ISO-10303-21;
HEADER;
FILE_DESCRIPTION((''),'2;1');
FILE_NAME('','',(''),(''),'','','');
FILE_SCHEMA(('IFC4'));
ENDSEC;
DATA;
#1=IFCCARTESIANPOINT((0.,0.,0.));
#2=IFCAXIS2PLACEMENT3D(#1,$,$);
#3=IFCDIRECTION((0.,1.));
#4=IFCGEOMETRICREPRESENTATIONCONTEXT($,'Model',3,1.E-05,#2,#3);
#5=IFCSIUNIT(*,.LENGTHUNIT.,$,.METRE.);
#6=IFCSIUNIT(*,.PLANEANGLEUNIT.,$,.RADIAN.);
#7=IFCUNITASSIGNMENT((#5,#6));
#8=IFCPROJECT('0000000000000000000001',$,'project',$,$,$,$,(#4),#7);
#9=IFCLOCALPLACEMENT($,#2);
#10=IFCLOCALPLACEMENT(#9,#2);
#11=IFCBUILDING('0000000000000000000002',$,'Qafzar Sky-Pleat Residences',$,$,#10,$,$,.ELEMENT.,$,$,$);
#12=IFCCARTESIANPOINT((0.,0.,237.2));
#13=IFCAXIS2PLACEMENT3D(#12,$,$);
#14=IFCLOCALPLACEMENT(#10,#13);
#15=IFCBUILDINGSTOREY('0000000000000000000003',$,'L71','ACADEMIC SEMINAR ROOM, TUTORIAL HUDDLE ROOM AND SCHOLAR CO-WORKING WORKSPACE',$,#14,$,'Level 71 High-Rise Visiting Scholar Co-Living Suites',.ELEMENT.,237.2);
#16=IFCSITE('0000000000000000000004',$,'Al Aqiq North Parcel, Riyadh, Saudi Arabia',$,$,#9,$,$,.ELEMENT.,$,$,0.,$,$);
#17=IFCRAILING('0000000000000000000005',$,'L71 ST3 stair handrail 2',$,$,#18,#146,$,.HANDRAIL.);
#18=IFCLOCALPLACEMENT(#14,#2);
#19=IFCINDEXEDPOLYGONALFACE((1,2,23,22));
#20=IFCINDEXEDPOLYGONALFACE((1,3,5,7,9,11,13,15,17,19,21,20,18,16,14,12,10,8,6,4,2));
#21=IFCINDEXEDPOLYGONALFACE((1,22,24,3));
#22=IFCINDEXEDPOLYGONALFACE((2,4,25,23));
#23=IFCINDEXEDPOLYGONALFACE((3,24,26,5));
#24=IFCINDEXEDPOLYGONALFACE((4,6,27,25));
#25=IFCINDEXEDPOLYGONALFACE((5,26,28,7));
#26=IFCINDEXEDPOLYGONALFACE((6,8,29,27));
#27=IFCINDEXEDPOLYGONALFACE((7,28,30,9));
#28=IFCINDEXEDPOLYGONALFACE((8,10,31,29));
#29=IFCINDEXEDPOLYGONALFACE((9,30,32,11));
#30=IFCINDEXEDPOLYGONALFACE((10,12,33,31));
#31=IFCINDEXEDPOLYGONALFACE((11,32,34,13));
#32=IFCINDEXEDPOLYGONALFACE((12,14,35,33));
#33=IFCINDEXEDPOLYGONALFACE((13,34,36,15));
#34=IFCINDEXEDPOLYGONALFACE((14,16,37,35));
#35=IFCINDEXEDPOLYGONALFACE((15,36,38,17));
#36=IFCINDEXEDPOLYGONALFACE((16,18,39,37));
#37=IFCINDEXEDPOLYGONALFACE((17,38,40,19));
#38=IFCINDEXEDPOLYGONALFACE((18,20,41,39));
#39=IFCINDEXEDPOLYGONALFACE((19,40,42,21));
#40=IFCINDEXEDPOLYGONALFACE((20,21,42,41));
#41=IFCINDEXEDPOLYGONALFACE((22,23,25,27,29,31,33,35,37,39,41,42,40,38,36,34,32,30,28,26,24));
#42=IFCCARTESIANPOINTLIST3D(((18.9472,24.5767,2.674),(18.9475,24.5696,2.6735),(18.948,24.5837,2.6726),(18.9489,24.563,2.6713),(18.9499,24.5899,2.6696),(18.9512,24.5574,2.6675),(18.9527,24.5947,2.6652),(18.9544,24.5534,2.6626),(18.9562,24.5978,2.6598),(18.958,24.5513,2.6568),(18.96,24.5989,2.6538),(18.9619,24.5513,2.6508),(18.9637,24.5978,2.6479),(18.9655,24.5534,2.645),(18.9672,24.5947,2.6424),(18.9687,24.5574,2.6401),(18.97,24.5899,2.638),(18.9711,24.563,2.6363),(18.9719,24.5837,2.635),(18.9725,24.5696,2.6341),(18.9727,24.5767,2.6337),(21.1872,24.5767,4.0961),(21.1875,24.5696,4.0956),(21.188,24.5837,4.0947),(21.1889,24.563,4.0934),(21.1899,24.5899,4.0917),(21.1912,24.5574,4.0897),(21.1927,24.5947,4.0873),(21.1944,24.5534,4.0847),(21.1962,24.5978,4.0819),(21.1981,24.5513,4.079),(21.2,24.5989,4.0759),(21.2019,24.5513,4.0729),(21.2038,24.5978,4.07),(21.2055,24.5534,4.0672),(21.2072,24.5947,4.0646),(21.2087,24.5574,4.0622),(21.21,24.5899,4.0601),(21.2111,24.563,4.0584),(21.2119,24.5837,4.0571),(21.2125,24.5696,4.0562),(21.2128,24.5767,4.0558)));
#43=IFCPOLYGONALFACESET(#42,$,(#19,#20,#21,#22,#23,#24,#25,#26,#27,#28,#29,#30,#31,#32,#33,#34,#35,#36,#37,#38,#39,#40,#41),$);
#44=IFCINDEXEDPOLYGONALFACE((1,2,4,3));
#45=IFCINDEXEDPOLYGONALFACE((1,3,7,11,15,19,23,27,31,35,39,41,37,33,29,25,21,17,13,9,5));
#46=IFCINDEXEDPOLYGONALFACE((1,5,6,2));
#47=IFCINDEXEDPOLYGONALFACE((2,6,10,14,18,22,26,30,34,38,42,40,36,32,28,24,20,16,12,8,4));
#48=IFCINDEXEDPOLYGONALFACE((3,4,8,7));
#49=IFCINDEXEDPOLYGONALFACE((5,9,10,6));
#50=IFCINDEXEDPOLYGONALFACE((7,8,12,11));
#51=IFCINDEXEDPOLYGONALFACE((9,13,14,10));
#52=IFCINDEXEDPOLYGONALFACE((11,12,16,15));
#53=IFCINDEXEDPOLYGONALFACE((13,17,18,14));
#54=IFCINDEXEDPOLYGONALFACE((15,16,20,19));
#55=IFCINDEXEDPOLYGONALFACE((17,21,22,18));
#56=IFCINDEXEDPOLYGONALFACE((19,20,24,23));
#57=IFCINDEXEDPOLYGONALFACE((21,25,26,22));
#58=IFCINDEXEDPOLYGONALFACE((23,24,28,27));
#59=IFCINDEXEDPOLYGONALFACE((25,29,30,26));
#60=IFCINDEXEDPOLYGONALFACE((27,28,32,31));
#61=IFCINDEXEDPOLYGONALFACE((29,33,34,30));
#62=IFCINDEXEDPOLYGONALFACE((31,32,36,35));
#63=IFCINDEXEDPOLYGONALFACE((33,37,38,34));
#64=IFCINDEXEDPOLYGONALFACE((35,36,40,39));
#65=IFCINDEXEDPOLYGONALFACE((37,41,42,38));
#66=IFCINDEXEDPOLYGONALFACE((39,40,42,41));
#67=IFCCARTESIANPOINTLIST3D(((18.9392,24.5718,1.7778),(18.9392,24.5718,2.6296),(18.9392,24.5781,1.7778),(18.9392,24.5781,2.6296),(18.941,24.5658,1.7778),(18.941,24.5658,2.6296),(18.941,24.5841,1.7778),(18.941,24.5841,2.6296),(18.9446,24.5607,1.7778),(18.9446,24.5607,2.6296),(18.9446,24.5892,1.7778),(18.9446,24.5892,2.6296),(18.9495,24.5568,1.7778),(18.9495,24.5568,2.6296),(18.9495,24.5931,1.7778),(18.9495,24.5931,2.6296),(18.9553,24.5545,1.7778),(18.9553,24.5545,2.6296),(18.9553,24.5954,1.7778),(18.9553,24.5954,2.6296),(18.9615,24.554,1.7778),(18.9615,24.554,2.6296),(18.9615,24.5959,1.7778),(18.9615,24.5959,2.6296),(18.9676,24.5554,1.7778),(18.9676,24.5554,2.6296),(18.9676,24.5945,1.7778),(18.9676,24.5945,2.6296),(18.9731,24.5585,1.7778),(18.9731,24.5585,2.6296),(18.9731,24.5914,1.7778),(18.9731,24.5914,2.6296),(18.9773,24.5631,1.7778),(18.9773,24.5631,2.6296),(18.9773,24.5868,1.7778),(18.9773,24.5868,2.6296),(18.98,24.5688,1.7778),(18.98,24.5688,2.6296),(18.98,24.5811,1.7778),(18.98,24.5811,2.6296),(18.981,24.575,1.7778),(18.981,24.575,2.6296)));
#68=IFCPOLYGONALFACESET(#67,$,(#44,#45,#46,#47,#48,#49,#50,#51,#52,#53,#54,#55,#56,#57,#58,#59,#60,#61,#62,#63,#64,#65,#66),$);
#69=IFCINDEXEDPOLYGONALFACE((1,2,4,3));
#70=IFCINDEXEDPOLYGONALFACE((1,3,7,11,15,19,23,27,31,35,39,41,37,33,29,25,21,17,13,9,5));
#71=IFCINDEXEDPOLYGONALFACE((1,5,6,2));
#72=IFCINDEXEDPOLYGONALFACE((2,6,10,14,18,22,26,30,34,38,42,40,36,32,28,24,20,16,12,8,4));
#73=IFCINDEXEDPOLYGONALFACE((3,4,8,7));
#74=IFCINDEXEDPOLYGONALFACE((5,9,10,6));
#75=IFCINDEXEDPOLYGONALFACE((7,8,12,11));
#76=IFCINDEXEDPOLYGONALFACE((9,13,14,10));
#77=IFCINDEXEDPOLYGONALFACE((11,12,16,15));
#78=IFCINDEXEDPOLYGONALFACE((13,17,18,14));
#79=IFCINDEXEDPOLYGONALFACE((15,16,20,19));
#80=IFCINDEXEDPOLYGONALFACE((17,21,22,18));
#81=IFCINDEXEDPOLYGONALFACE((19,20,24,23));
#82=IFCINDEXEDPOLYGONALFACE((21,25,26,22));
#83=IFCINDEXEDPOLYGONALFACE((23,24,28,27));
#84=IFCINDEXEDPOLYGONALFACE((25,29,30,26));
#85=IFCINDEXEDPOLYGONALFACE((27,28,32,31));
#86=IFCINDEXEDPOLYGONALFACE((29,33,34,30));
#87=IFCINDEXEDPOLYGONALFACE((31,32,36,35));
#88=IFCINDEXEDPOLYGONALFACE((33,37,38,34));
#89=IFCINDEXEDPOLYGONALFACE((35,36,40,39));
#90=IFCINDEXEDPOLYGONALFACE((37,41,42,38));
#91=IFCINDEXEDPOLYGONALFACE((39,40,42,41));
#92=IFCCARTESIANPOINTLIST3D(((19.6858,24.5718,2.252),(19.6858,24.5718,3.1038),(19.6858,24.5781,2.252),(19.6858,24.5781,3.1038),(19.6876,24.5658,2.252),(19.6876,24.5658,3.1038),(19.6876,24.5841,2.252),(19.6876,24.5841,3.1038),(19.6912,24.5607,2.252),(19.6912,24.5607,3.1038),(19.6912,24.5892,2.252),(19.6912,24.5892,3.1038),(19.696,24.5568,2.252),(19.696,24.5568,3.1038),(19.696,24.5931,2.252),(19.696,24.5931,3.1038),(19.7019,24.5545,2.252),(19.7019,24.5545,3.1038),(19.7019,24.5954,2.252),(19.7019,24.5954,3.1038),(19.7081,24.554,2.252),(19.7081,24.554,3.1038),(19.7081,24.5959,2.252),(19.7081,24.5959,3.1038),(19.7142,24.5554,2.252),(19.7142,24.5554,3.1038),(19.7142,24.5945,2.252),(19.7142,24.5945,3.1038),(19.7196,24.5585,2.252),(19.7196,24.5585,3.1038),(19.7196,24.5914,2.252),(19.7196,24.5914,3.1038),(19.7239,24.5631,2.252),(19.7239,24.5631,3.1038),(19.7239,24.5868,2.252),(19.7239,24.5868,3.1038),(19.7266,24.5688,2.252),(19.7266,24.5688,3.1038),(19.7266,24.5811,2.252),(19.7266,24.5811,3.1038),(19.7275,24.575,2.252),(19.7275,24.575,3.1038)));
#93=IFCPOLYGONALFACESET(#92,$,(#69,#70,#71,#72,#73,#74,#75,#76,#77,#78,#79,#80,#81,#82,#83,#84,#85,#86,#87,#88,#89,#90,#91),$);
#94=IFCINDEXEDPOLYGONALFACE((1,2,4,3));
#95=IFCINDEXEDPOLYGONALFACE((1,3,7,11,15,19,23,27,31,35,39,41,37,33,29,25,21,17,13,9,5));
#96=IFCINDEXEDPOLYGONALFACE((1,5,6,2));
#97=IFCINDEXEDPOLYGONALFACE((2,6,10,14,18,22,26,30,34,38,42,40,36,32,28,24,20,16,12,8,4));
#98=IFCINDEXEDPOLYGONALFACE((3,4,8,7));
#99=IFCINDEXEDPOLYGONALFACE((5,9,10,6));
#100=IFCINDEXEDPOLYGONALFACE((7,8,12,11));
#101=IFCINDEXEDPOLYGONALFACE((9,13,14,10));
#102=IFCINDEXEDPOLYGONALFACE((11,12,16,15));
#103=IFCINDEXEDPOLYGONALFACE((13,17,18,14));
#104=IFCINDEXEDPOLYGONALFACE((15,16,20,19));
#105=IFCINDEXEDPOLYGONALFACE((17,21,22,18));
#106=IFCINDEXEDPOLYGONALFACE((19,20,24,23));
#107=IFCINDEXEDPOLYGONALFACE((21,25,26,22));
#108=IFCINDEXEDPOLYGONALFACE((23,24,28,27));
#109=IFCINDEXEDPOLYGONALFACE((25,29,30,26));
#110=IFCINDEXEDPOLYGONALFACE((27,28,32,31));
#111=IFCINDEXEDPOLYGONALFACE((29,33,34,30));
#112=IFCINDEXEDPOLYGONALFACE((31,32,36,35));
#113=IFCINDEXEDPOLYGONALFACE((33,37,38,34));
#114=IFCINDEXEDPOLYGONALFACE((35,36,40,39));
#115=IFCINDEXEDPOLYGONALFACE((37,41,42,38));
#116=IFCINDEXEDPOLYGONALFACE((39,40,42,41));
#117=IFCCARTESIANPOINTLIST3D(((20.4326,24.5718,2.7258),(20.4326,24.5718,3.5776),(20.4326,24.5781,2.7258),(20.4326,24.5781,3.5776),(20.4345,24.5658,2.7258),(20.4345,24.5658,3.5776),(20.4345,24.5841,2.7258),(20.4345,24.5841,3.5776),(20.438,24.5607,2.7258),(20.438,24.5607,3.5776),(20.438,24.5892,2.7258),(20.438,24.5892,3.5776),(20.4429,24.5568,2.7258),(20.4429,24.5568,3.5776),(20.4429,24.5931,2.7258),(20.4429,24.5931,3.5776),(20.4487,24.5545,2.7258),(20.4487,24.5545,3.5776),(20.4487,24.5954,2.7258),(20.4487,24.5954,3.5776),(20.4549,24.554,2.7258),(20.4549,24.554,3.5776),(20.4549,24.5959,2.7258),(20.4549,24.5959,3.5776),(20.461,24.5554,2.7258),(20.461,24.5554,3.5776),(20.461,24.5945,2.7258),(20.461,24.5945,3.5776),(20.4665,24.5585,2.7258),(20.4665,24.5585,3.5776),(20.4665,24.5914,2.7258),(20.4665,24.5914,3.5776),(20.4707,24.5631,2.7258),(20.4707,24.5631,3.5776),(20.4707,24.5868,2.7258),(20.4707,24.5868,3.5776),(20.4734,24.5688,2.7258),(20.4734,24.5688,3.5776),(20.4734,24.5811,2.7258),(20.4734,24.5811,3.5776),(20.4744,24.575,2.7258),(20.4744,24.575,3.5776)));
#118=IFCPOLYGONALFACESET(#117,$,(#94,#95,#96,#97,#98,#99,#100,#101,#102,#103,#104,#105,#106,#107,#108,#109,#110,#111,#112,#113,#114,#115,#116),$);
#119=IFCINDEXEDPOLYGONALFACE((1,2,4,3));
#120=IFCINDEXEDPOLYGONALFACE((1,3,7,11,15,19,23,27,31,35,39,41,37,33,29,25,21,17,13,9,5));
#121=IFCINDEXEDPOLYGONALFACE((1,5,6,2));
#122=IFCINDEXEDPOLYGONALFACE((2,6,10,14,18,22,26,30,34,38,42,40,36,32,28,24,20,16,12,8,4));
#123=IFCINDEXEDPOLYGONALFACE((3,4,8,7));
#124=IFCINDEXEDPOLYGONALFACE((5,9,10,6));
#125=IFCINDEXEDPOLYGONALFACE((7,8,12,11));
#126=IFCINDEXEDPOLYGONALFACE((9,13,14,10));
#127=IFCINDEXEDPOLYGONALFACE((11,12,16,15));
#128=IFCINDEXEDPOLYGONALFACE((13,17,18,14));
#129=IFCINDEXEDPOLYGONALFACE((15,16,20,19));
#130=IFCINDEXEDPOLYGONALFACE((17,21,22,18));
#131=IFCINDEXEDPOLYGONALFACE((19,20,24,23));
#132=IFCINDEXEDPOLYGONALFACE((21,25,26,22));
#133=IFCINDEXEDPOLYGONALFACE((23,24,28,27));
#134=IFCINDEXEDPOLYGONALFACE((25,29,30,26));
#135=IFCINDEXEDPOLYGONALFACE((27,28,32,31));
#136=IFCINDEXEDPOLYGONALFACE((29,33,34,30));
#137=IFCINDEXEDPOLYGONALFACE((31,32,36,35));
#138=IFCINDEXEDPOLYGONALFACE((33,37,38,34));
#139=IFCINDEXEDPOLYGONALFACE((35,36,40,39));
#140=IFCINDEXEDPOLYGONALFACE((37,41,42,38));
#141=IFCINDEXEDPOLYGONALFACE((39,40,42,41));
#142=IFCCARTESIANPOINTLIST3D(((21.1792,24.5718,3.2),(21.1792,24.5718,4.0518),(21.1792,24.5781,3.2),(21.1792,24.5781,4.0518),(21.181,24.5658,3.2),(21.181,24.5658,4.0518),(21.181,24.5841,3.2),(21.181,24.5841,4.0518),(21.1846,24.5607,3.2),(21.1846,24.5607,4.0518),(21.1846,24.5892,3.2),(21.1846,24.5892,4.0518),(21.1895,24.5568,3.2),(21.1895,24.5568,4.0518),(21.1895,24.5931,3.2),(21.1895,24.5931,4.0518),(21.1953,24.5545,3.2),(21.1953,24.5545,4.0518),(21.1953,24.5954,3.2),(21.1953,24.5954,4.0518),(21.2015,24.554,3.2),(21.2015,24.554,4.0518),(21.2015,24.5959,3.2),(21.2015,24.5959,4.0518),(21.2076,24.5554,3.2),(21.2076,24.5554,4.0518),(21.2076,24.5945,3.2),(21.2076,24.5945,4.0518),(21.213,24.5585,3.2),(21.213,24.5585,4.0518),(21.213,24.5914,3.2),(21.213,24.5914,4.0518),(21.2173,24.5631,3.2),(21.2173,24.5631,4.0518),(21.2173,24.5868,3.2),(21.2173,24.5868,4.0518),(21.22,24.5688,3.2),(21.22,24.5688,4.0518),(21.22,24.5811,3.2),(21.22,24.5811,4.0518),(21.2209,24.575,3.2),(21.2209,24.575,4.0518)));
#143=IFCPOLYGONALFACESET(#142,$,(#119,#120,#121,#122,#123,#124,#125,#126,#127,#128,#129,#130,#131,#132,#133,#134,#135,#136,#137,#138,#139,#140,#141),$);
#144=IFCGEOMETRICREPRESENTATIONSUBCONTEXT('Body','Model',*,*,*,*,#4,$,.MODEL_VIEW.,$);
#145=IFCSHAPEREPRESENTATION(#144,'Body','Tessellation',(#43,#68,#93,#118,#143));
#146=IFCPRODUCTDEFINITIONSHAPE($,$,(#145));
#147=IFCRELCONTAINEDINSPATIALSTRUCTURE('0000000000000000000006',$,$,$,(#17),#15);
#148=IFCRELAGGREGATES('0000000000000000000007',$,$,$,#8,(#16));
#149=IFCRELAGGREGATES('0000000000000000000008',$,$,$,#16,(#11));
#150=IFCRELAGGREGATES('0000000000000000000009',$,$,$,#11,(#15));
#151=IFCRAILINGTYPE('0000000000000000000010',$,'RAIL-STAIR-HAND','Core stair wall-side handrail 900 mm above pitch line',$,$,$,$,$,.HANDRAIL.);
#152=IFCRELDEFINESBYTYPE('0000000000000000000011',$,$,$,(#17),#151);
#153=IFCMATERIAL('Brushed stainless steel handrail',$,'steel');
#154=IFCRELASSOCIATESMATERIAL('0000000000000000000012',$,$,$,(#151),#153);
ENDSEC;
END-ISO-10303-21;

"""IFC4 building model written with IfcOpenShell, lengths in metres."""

from ifc_helpers import new_model, si_unit, direction, frame, origin, origin_2d, place, context, subcontext, project, spatial, circle, extrude, source, transform, mapped, material, type_object, element, save


model = new_model("IFC4")

# Units and contexts
model_context = context("Model", 3, precision=1e-05, world=origin(), true_north=direction((0.0, 1.0)))
body_context = subcontext(model_context, "Body", "Model", "MODEL_VIEW")
ifc_project = project(units=[si_unit("LENGTHUNIT", "METRE"), si_unit("PLANEANGLEUNIT", "RADIAN")], contexts=[model_context])

# Site, building, storey
site_placement = place(None, origin())
site = spatial("IfcSite", under=ifc_project, at=site_placement, Name="Al Aqiq North Parcel, Riyadh, Saudi Arabia", CompositionType="ELEMENT", RefElevation=0.0)
building_placement = place(site_placement, origin())
building = spatial("IfcBuilding", under=site, at=building_placement, Name="Qafzar Sky-Pleat Residences", CompositionType="ELEMENT")
storey_placement = place(building_placement, frame((0.0, 0.0, 237.2)))
storey = spatial("IfcBuildingStorey", under=building, at=storey_placement, Name="L71", Description="ACADEMIC SEMINAR ROOM, TUTORIAL HUDDLE ROOM AND SCHOLAR CO-WORKING WORKSPACE", LongName="Level 71 High-Rise Visiting Scholar Co-Living Suites", CompositionType="ELEMENT", Elevation=237.2)

# Railing
ifc_material_1 = material(Name="Brushed stainless steel handrail", Category="steel")
railing_type_1 = type_object("IfcRailingType", Name="RAIL-STAIR-HAND", Description="Core stair wall-side handrail 900 mm above pitch line", PredefinedType="HANDRAIL", material=ifc_material_1)
shared_shape_1 = source(origin(), body_context, "Body", "SweptSolid", [
    extrude(circle(Radius=0.0239, at=origin_2d()), frame((0.0, 0.0, 0.876), z_axis=(0.844229, 0.0, 0.535982), x_axis=(0.0, 1.0, 0.0)), (0.0, 0.0, 1.0), 2.6533),
    extrude(circle(Radius=0.021, at=origin_2d()), origin(), (0.0, 0.0, 1.0), 0.8518),
    extrude(circle(Radius=0.021, at=origin_2d()), frame((0.7466, 0.0, 0.4741)), (0.0, 0.0, 1.0), 0.8518),
    extrude(circle(Radius=0.021, at=origin_2d()), frame((1.4934, 0.0, 0.948)), (0.0, 0.0, 1.0), 0.8518),
    extrude(circle(Radius=0.021, at=origin_2d()), frame((2.24, 0.0, 1.4221)), (0.0, 0.0, 1.0), 0.8518),
])
railing_1_placement = place(storey_placement, frame((18.96, 24.575, 1.7778)))
element("IfcRailing", 1, at=railing_1_placement, inside=storey, type_object=railing_type_1, Name="L71 ST3 stair handrail 2", PredefinedType="HANDRAIL", context=body_context, shape_type="MappedRepresentation", body=[
    mapped(shared_shape_1, transform((0.0, 0.0, 0.0), x_axis=(1.0, 0.0, 0.0), y_axis=(0.0, 1.0, 0.0), z_axis=(0.0, 0.0, 1.0), scale=1.0)),
])

save(model, "model.ifc")
